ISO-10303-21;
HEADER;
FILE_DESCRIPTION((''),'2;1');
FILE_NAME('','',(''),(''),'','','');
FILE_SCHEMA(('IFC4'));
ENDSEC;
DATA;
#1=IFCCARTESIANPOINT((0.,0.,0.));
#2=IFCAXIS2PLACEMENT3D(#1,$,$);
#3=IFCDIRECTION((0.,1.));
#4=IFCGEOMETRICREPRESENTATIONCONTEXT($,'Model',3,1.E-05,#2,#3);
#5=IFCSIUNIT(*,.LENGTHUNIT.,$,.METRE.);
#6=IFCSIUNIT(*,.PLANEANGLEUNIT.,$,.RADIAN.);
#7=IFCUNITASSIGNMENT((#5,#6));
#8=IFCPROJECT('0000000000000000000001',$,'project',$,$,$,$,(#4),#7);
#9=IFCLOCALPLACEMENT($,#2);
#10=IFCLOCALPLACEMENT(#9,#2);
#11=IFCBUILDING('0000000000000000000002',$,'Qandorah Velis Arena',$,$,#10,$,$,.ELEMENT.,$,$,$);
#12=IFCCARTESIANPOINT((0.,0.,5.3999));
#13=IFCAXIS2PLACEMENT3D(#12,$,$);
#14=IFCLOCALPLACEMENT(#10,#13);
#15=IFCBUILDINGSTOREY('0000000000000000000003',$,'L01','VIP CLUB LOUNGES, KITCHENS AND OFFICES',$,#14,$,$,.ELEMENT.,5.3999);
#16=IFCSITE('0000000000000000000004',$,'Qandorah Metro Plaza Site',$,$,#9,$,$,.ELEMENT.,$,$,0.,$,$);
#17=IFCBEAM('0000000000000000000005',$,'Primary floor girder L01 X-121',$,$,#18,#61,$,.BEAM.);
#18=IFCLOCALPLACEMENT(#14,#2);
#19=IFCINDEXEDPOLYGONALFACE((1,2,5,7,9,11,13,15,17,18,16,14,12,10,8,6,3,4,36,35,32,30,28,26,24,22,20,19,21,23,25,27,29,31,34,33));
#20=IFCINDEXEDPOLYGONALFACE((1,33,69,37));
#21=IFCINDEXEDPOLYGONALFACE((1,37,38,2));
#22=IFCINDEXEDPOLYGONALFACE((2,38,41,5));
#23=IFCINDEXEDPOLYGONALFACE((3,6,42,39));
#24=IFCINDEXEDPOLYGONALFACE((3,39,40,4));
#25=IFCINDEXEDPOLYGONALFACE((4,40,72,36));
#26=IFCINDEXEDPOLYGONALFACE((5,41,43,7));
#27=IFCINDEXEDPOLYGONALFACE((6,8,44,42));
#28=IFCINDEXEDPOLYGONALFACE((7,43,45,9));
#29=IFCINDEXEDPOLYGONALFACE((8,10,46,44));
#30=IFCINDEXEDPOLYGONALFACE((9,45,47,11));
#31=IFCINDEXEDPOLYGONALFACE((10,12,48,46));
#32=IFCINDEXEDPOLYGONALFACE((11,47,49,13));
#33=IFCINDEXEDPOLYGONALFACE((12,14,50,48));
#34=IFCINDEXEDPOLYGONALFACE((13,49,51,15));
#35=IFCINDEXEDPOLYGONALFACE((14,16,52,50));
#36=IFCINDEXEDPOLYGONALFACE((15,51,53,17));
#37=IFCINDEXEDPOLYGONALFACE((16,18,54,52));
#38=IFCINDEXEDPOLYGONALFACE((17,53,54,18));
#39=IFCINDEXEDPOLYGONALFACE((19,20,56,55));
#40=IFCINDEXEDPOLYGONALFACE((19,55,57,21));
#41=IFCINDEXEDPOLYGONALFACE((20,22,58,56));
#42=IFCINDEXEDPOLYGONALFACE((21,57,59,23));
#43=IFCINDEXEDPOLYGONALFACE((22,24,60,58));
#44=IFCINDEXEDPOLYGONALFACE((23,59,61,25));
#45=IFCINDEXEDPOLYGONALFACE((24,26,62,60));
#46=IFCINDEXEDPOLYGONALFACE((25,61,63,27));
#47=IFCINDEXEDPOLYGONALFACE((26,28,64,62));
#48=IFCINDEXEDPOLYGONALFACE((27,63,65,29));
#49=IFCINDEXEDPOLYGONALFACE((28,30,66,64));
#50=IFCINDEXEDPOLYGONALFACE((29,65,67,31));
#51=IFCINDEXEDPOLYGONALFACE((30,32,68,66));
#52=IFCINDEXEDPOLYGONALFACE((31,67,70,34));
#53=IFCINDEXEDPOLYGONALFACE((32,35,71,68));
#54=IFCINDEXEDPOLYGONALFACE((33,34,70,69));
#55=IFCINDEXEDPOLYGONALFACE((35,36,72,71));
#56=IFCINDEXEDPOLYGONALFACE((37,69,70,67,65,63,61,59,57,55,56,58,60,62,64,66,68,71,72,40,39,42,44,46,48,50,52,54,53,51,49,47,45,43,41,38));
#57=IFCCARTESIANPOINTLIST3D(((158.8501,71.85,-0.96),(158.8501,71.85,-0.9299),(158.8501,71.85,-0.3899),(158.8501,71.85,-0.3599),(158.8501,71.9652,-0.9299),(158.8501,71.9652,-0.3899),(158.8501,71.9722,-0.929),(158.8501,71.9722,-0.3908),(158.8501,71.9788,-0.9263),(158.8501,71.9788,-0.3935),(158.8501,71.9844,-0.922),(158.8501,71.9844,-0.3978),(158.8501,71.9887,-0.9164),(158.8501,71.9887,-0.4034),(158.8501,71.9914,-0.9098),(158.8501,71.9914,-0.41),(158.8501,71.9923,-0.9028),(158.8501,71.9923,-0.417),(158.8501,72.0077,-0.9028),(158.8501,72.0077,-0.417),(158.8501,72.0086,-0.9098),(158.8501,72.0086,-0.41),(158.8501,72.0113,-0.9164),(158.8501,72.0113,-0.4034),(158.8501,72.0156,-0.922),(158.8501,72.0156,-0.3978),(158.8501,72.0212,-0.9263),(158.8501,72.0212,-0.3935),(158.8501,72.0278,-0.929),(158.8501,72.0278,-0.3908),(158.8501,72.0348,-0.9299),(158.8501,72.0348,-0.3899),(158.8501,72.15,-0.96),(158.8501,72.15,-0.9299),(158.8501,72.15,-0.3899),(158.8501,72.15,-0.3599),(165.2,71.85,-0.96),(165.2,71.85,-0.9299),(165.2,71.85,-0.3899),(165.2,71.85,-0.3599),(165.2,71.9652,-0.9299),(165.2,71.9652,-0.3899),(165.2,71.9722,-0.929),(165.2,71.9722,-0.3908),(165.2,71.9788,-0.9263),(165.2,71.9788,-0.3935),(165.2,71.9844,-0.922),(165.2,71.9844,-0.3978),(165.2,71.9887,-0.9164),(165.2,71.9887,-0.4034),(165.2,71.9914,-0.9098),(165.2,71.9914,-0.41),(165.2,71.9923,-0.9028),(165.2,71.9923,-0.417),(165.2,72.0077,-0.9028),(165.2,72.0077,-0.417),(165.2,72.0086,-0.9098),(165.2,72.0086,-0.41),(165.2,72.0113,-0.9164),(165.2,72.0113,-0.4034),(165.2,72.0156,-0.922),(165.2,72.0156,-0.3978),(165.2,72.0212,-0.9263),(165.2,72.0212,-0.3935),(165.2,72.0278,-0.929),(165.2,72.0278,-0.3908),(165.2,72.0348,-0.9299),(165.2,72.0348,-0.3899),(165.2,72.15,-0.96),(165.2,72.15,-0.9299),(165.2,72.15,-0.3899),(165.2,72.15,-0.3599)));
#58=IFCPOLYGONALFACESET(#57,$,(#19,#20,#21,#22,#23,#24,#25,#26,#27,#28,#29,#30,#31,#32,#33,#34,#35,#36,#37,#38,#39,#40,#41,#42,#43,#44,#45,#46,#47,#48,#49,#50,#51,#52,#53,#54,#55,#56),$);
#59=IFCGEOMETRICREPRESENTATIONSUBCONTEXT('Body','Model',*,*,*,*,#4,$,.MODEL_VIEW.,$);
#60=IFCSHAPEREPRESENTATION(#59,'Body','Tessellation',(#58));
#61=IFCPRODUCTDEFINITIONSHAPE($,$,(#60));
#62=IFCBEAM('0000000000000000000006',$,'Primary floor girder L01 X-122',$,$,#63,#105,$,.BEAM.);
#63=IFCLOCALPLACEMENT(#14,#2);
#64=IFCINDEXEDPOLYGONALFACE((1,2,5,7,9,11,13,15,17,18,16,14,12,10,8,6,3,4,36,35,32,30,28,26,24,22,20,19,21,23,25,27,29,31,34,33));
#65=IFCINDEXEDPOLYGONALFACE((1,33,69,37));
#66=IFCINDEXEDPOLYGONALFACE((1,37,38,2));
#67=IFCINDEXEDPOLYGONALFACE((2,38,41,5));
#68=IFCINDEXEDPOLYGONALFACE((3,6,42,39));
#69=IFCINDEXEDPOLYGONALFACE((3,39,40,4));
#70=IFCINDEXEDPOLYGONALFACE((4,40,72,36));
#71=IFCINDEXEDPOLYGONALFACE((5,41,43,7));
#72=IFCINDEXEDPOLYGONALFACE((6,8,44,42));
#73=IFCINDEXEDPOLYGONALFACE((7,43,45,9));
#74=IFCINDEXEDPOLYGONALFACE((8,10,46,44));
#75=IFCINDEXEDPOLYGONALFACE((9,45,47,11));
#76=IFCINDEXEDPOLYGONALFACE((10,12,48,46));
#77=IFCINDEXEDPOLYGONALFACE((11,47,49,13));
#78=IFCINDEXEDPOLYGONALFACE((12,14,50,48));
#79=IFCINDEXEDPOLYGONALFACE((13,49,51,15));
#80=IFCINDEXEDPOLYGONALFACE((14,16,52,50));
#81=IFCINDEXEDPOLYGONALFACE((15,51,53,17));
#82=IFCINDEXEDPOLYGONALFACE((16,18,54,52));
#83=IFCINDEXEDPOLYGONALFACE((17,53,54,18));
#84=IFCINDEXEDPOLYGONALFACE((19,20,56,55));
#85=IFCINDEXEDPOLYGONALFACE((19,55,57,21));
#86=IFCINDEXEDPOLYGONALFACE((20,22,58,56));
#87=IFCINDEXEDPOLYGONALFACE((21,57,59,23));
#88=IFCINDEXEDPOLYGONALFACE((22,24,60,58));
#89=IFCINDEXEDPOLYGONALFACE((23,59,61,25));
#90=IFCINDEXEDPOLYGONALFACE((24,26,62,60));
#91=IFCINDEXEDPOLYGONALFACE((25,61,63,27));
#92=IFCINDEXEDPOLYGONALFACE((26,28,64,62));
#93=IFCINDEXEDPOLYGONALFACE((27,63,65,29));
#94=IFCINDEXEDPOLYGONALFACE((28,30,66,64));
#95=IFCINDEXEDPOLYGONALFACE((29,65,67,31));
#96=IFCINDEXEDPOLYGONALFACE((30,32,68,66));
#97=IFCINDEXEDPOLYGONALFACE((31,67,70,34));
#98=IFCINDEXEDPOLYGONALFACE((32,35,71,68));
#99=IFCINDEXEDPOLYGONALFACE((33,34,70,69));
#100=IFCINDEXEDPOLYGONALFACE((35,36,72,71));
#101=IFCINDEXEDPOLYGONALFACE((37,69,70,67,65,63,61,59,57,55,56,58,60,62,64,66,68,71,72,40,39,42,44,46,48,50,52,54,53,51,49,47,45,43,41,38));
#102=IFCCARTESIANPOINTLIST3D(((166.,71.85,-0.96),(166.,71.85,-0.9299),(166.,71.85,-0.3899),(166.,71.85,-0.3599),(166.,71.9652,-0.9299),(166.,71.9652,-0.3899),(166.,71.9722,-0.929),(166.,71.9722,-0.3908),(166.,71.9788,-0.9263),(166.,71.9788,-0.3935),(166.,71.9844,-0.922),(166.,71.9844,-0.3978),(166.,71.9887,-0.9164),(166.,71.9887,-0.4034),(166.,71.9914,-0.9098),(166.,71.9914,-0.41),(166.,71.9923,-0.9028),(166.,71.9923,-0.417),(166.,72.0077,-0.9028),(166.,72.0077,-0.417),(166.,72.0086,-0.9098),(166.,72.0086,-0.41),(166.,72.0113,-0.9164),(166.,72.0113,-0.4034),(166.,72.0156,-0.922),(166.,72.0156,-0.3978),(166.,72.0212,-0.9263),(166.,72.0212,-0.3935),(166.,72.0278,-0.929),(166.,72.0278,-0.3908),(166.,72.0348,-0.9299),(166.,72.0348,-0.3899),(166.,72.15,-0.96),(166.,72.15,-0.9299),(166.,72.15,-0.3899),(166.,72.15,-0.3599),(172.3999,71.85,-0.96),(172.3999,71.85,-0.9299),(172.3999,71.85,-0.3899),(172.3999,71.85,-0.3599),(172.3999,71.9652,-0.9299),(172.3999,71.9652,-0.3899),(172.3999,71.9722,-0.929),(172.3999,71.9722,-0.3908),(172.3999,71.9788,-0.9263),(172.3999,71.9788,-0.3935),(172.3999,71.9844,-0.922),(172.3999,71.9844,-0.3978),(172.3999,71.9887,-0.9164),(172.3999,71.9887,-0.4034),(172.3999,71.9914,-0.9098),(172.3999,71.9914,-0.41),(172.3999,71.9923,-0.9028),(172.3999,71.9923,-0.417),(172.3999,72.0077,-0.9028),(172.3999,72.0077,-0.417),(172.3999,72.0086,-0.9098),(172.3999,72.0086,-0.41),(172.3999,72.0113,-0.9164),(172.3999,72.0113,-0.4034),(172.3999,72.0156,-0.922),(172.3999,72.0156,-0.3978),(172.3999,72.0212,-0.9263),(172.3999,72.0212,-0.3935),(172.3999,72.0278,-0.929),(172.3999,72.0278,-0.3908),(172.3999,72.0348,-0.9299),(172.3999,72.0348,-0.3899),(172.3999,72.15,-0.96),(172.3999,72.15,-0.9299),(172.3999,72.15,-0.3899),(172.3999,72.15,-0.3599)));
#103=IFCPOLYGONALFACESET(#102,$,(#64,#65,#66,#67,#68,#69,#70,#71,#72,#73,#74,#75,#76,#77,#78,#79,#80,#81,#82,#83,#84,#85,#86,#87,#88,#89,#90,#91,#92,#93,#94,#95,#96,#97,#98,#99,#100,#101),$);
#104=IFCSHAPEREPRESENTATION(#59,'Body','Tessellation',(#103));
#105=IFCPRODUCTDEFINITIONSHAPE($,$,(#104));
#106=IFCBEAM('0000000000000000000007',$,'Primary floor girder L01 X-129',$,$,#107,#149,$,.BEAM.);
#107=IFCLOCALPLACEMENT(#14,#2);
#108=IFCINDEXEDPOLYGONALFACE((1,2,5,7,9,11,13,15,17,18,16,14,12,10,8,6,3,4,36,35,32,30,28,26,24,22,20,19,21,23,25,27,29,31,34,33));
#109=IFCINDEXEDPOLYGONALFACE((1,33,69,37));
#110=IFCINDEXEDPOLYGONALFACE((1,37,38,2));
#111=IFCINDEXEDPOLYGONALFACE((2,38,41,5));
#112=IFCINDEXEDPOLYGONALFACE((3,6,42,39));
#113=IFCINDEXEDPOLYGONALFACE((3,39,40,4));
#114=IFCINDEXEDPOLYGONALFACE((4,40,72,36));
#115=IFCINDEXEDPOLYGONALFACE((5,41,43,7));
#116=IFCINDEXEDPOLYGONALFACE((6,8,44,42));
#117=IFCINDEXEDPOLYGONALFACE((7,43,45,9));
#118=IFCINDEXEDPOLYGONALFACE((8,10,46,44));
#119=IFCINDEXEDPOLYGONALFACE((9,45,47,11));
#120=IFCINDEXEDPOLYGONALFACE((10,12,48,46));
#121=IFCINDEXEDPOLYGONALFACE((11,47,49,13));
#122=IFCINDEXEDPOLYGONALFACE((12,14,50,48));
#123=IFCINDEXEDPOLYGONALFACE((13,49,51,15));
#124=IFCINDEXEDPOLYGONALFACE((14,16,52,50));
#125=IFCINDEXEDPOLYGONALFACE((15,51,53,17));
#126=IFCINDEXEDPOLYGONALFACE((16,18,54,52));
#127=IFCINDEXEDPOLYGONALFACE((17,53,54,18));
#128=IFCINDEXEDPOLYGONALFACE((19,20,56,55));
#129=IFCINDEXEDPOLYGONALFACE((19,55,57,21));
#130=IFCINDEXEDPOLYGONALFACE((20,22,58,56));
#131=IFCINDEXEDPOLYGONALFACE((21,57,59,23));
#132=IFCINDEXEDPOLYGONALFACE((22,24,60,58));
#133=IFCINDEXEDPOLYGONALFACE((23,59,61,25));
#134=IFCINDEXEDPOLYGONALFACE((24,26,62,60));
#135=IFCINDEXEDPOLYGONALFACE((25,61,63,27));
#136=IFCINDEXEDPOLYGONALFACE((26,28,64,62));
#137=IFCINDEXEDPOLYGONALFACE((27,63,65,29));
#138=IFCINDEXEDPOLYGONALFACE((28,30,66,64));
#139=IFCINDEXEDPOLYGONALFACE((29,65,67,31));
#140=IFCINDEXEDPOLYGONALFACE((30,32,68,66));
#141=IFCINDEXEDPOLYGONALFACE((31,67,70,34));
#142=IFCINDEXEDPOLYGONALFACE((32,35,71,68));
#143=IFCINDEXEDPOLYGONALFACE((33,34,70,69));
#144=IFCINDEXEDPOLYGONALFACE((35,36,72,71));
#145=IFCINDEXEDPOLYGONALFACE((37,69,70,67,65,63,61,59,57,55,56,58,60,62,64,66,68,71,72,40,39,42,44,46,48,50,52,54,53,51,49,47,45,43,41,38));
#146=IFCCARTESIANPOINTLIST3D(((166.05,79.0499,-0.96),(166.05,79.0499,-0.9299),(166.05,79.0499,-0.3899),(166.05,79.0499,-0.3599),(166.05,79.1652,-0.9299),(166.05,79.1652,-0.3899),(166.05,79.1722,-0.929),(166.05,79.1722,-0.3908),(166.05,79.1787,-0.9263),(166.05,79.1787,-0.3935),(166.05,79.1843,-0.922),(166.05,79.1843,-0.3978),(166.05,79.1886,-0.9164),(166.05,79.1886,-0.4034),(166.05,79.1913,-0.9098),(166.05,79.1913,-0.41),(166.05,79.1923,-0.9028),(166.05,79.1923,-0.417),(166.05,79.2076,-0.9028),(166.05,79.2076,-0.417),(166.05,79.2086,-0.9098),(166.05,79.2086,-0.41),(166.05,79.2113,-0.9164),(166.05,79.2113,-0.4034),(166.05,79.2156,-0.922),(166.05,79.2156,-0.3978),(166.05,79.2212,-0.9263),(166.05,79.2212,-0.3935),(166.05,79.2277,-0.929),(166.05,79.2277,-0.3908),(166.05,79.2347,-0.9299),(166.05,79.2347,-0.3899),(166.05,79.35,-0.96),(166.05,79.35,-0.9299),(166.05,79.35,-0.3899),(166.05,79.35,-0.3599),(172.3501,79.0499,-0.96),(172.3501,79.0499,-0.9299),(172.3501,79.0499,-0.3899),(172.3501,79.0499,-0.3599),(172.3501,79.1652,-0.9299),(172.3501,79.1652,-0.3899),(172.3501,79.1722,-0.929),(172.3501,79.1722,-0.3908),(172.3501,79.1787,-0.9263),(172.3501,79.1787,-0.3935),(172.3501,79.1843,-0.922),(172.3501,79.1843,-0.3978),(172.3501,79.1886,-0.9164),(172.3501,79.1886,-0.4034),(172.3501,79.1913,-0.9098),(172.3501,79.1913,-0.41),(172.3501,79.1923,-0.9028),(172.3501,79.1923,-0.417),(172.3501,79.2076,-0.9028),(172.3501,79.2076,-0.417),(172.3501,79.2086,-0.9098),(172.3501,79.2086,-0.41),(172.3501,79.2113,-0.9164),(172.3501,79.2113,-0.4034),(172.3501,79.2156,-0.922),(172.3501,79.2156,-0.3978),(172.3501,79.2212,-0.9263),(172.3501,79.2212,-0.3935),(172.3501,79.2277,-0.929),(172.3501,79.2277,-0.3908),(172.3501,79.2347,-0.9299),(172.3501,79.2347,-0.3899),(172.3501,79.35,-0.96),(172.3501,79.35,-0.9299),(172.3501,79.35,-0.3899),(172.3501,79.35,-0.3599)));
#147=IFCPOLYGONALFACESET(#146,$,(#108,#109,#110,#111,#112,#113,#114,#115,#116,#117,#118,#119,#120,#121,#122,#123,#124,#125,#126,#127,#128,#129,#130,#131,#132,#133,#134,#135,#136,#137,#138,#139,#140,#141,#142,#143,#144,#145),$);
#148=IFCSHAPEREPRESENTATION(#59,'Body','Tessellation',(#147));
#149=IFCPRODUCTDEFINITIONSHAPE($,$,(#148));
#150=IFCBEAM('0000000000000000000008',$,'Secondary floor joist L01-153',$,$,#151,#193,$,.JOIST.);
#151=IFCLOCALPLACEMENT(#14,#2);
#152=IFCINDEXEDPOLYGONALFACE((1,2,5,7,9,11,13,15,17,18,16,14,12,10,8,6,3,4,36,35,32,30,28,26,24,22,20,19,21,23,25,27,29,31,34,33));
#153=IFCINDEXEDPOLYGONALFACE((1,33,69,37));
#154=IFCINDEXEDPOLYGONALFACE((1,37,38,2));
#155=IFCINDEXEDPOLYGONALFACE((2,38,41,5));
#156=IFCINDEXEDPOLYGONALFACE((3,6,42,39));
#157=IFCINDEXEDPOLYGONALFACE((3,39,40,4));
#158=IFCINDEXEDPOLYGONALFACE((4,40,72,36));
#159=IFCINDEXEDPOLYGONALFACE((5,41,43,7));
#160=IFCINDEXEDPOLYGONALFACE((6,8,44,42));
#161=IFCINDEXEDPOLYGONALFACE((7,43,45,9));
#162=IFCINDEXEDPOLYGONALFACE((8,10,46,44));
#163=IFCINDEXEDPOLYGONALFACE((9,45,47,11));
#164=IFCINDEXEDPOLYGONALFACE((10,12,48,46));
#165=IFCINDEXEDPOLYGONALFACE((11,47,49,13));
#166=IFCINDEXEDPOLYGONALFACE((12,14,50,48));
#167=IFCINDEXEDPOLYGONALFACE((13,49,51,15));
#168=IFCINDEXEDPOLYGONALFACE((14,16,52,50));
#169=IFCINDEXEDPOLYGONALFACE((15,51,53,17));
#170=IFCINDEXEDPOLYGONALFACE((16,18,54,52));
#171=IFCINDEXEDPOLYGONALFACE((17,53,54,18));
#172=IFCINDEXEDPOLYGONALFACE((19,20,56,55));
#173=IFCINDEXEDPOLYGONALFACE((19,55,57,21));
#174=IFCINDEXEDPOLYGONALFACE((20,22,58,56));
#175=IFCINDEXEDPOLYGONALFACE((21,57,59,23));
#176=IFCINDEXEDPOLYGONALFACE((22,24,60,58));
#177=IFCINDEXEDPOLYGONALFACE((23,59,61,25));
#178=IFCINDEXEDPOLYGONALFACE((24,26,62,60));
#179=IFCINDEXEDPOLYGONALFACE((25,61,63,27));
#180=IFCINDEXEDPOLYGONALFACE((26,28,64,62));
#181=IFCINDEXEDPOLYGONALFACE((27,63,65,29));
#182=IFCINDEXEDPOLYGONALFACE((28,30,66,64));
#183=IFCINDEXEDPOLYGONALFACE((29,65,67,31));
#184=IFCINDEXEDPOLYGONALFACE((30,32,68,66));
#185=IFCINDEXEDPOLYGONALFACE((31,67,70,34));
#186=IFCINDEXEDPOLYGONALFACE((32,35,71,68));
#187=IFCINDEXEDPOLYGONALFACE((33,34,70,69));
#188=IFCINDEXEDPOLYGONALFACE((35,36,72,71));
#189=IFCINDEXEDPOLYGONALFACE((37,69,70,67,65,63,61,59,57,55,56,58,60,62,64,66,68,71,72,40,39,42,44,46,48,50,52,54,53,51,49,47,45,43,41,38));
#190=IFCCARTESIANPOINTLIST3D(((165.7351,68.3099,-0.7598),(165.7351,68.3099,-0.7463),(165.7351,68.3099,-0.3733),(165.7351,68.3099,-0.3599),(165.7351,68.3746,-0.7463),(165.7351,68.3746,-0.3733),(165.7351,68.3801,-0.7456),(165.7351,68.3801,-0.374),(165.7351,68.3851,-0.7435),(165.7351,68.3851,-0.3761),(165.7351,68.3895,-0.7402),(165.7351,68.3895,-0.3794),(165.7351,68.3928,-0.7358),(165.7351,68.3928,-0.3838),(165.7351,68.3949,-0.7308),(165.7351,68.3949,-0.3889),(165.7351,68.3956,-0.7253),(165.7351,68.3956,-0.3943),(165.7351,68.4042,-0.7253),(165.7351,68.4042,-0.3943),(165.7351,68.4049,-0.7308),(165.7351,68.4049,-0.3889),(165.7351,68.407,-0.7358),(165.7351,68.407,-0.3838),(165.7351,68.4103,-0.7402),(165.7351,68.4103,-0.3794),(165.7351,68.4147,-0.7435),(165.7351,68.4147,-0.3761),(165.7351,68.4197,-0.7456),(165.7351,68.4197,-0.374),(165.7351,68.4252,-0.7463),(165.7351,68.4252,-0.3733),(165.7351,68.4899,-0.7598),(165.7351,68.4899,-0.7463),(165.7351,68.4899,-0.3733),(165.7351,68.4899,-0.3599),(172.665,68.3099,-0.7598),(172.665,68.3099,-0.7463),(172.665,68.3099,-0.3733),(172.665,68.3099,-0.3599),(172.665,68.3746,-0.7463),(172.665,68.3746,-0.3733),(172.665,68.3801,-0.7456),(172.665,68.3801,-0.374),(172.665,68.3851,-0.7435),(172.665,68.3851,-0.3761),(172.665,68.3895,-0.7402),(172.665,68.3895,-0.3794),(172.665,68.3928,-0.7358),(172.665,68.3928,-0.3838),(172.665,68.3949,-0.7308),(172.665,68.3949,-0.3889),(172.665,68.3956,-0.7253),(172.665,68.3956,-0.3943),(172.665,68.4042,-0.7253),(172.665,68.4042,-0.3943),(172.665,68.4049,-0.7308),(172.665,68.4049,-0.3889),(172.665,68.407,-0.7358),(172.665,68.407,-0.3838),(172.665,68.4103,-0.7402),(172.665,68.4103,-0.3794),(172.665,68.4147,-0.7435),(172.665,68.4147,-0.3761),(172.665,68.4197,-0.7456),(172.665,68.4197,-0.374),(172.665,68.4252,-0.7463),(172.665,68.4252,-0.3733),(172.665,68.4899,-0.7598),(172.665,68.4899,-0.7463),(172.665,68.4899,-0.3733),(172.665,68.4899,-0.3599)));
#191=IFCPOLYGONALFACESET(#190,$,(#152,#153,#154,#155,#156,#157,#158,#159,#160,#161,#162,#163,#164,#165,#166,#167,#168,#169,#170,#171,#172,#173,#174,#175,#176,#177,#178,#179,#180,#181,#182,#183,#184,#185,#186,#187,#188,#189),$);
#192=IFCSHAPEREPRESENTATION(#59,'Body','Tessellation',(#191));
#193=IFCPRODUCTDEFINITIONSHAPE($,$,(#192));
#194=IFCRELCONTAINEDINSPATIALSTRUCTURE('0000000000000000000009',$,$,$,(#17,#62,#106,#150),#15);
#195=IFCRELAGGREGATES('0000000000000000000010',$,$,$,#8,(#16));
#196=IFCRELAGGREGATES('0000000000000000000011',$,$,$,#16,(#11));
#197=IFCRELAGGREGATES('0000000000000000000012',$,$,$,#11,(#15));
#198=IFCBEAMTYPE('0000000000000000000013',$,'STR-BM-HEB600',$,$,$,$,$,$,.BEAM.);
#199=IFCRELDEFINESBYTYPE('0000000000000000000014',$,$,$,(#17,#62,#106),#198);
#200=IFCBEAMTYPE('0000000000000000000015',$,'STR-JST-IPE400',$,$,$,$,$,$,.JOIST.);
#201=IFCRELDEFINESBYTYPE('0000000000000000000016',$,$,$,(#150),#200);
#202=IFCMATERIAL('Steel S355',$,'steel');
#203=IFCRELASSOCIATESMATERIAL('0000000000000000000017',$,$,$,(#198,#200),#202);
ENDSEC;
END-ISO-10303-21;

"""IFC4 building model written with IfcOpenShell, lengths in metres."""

from ifc_helpers import new_model, si_unit, direction, frame, origin, origin_2d, place, context, subcontext, project, spatial, i_section, extrude, material, material_profile, profile_set, type_object, element, save


model = new_model("IFC4")

# Units and contexts
model_context = context("Model", 3, precision=1e-05, world=origin(), true_north=direction((0.0, 1.0)))
body_context = subcontext(model_context, "Body", "Model", "MODEL_VIEW")
ifc_project = project(units=[si_unit("LENGTHUNIT", "METRE"), si_unit("PLANEANGLEUNIT", "RADIAN")], contexts=[model_context])

# Site, building, storey
site_placement = place(None, origin())
site = spatial("IfcSite", under=ifc_project, at=site_placement, Name="Qandorah Metro Plaza Site", CompositionType="ELEMENT", RefElevation=0.0)
building_placement = place(site_placement, origin())
building = spatial("IfcBuilding", under=site, at=building_placement, Name="Qandorah Velis Arena", CompositionType="ELEMENT")
storey_placement = place(building_placement, frame((0.0, 0.0, 5.3999)))
storey = spatial("IfcBuildingStorey", under=building, at=storey_placement, Name="L01", Description="VIP CLUB LOUNGES, KITCHENS AND OFFICES", CompositionType="ELEMENT", Elevation=5.3999)

# Beams
ifc_material_1 = material(Name="Steel S355", Category="steel")
ifc_material_profile_1 = material_profile(ifc_material_1, i_section(OverallWidth=0.3, OverallDepth=0.6001, WebThickness=0.0154, FlangeThickness=0.03, FilletRadius=0.0271, at=origin_2d()), Name="HEB 600")
ifc_profile_set_1 = profile_set([ifc_material_profile_1], Name="Steel S355")
beam_type_1 = type_object("IfcBeamType", Name="STR-BM-HEB600", PredefinedType="BEAM", material=ifc_profile_set_1)
beam_1_placement = place(storey_placement, frame((158.8501, 72.0, -0.6599), z_axis=(1.0, 0.0, 0.0), x_axis=(0.0, 1.0, 0.0)))
element("IfcBeam", 1, at=beam_1_placement, inside=storey, type_object=beam_type_1, Name="Primary floor girder L01 X-121", PredefinedType="BEAM", context=body_context, shape_type="SweptSolid", body=[
    extrude(i_section(OverallWidth=0.3, OverallDepth=0.6001, WebThickness=0.0154, FlangeThickness=0.03, FilletRadius=0.0271, at=origin_2d()), origin(), (0.0, 0.0, 1.0), 6.3499),
])
beam_2_placement = place(storey_placement, frame((166.0, 72.0, -0.6599), z_axis=(1.0, 0.0, 0.0), x_axis=(0.0, 1.0, 0.0)))
element("IfcBeam", 2, at=beam_2_placement, inside=storey, type_object=beam_type_1, Name="Primary floor girder L01 X-122", PredefinedType="BEAM", context=body_context, shape_type="SweptSolid", body=[
    extrude(i_section(OverallWidth=0.3, OverallDepth=0.6001, WebThickness=0.0154, FlangeThickness=0.03, FilletRadius=0.0271, at=origin_2d()), origin(), (0.0, 0.0, 1.0), 6.3999),
])
beam_3_placement = place(storey_placement, frame((166.05, 79.2, -0.6599), z_axis=(1.0, 0.0, 0.0), x_axis=(0.0, 1.0, 0.0)))
element("IfcBeam", 3, at=beam_3_placement, inside=storey, type_object=beam_type_1, Name="Primary floor girder L01 X-129", PredefinedType="BEAM", context=body_context, shape_type="SweptSolid", body=[
    extrude(i_section(OverallWidth=0.3, OverallDepth=0.6001, WebThickness=0.0154, FlangeThickness=0.03, FilletRadius=0.0271, at=origin_2d()), origin(), (0.0, 0.0, 1.0), 6.3),
])
ifc_material_profile_2 = material_profile(ifc_material_1, i_section(OverallWidth=0.1799, OverallDepth=0.3999, WebThickness=0.0085, FlangeThickness=0.0134, FilletRadius=0.021, at=origin_2d()), Name="IPE 400")
ifc_profile_set_2 = profile_set([ifc_material_profile_2], Name="Steel S355")
beam_type_2 = type_object("IfcBeamType", Name="STR-JST-IPE400", PredefinedType="JOIST", material=ifc_profile_set_2)
for number, where, z_axis, x_axis, name in (
    (4, (165.7351, 68.3999, -0.5598), (1.0, 0.0, 0.0), (0.0, 1.0, 0.0), "Secondary floor joist L01-153"),
):
    element("IfcBeam", number, at=place(storey_placement, frame(where, z_axis=z_axis, x_axis=x_axis)), inside=storey, type_object=beam_type_2, Name=name, PredefinedType="JOIST", context=body_context, shape_type="SweptSolid", body=[
        extrude(i_section(OverallWidth=0.1799, OverallDepth=0.3999, WebThickness=0.0085, FlangeThickness=0.0134, FilletRadius=0.021, at=origin_2d()), origin(), (0.0, 0.0, 1.0), 6.9299),
    ])

save(model, "model.ifc")
